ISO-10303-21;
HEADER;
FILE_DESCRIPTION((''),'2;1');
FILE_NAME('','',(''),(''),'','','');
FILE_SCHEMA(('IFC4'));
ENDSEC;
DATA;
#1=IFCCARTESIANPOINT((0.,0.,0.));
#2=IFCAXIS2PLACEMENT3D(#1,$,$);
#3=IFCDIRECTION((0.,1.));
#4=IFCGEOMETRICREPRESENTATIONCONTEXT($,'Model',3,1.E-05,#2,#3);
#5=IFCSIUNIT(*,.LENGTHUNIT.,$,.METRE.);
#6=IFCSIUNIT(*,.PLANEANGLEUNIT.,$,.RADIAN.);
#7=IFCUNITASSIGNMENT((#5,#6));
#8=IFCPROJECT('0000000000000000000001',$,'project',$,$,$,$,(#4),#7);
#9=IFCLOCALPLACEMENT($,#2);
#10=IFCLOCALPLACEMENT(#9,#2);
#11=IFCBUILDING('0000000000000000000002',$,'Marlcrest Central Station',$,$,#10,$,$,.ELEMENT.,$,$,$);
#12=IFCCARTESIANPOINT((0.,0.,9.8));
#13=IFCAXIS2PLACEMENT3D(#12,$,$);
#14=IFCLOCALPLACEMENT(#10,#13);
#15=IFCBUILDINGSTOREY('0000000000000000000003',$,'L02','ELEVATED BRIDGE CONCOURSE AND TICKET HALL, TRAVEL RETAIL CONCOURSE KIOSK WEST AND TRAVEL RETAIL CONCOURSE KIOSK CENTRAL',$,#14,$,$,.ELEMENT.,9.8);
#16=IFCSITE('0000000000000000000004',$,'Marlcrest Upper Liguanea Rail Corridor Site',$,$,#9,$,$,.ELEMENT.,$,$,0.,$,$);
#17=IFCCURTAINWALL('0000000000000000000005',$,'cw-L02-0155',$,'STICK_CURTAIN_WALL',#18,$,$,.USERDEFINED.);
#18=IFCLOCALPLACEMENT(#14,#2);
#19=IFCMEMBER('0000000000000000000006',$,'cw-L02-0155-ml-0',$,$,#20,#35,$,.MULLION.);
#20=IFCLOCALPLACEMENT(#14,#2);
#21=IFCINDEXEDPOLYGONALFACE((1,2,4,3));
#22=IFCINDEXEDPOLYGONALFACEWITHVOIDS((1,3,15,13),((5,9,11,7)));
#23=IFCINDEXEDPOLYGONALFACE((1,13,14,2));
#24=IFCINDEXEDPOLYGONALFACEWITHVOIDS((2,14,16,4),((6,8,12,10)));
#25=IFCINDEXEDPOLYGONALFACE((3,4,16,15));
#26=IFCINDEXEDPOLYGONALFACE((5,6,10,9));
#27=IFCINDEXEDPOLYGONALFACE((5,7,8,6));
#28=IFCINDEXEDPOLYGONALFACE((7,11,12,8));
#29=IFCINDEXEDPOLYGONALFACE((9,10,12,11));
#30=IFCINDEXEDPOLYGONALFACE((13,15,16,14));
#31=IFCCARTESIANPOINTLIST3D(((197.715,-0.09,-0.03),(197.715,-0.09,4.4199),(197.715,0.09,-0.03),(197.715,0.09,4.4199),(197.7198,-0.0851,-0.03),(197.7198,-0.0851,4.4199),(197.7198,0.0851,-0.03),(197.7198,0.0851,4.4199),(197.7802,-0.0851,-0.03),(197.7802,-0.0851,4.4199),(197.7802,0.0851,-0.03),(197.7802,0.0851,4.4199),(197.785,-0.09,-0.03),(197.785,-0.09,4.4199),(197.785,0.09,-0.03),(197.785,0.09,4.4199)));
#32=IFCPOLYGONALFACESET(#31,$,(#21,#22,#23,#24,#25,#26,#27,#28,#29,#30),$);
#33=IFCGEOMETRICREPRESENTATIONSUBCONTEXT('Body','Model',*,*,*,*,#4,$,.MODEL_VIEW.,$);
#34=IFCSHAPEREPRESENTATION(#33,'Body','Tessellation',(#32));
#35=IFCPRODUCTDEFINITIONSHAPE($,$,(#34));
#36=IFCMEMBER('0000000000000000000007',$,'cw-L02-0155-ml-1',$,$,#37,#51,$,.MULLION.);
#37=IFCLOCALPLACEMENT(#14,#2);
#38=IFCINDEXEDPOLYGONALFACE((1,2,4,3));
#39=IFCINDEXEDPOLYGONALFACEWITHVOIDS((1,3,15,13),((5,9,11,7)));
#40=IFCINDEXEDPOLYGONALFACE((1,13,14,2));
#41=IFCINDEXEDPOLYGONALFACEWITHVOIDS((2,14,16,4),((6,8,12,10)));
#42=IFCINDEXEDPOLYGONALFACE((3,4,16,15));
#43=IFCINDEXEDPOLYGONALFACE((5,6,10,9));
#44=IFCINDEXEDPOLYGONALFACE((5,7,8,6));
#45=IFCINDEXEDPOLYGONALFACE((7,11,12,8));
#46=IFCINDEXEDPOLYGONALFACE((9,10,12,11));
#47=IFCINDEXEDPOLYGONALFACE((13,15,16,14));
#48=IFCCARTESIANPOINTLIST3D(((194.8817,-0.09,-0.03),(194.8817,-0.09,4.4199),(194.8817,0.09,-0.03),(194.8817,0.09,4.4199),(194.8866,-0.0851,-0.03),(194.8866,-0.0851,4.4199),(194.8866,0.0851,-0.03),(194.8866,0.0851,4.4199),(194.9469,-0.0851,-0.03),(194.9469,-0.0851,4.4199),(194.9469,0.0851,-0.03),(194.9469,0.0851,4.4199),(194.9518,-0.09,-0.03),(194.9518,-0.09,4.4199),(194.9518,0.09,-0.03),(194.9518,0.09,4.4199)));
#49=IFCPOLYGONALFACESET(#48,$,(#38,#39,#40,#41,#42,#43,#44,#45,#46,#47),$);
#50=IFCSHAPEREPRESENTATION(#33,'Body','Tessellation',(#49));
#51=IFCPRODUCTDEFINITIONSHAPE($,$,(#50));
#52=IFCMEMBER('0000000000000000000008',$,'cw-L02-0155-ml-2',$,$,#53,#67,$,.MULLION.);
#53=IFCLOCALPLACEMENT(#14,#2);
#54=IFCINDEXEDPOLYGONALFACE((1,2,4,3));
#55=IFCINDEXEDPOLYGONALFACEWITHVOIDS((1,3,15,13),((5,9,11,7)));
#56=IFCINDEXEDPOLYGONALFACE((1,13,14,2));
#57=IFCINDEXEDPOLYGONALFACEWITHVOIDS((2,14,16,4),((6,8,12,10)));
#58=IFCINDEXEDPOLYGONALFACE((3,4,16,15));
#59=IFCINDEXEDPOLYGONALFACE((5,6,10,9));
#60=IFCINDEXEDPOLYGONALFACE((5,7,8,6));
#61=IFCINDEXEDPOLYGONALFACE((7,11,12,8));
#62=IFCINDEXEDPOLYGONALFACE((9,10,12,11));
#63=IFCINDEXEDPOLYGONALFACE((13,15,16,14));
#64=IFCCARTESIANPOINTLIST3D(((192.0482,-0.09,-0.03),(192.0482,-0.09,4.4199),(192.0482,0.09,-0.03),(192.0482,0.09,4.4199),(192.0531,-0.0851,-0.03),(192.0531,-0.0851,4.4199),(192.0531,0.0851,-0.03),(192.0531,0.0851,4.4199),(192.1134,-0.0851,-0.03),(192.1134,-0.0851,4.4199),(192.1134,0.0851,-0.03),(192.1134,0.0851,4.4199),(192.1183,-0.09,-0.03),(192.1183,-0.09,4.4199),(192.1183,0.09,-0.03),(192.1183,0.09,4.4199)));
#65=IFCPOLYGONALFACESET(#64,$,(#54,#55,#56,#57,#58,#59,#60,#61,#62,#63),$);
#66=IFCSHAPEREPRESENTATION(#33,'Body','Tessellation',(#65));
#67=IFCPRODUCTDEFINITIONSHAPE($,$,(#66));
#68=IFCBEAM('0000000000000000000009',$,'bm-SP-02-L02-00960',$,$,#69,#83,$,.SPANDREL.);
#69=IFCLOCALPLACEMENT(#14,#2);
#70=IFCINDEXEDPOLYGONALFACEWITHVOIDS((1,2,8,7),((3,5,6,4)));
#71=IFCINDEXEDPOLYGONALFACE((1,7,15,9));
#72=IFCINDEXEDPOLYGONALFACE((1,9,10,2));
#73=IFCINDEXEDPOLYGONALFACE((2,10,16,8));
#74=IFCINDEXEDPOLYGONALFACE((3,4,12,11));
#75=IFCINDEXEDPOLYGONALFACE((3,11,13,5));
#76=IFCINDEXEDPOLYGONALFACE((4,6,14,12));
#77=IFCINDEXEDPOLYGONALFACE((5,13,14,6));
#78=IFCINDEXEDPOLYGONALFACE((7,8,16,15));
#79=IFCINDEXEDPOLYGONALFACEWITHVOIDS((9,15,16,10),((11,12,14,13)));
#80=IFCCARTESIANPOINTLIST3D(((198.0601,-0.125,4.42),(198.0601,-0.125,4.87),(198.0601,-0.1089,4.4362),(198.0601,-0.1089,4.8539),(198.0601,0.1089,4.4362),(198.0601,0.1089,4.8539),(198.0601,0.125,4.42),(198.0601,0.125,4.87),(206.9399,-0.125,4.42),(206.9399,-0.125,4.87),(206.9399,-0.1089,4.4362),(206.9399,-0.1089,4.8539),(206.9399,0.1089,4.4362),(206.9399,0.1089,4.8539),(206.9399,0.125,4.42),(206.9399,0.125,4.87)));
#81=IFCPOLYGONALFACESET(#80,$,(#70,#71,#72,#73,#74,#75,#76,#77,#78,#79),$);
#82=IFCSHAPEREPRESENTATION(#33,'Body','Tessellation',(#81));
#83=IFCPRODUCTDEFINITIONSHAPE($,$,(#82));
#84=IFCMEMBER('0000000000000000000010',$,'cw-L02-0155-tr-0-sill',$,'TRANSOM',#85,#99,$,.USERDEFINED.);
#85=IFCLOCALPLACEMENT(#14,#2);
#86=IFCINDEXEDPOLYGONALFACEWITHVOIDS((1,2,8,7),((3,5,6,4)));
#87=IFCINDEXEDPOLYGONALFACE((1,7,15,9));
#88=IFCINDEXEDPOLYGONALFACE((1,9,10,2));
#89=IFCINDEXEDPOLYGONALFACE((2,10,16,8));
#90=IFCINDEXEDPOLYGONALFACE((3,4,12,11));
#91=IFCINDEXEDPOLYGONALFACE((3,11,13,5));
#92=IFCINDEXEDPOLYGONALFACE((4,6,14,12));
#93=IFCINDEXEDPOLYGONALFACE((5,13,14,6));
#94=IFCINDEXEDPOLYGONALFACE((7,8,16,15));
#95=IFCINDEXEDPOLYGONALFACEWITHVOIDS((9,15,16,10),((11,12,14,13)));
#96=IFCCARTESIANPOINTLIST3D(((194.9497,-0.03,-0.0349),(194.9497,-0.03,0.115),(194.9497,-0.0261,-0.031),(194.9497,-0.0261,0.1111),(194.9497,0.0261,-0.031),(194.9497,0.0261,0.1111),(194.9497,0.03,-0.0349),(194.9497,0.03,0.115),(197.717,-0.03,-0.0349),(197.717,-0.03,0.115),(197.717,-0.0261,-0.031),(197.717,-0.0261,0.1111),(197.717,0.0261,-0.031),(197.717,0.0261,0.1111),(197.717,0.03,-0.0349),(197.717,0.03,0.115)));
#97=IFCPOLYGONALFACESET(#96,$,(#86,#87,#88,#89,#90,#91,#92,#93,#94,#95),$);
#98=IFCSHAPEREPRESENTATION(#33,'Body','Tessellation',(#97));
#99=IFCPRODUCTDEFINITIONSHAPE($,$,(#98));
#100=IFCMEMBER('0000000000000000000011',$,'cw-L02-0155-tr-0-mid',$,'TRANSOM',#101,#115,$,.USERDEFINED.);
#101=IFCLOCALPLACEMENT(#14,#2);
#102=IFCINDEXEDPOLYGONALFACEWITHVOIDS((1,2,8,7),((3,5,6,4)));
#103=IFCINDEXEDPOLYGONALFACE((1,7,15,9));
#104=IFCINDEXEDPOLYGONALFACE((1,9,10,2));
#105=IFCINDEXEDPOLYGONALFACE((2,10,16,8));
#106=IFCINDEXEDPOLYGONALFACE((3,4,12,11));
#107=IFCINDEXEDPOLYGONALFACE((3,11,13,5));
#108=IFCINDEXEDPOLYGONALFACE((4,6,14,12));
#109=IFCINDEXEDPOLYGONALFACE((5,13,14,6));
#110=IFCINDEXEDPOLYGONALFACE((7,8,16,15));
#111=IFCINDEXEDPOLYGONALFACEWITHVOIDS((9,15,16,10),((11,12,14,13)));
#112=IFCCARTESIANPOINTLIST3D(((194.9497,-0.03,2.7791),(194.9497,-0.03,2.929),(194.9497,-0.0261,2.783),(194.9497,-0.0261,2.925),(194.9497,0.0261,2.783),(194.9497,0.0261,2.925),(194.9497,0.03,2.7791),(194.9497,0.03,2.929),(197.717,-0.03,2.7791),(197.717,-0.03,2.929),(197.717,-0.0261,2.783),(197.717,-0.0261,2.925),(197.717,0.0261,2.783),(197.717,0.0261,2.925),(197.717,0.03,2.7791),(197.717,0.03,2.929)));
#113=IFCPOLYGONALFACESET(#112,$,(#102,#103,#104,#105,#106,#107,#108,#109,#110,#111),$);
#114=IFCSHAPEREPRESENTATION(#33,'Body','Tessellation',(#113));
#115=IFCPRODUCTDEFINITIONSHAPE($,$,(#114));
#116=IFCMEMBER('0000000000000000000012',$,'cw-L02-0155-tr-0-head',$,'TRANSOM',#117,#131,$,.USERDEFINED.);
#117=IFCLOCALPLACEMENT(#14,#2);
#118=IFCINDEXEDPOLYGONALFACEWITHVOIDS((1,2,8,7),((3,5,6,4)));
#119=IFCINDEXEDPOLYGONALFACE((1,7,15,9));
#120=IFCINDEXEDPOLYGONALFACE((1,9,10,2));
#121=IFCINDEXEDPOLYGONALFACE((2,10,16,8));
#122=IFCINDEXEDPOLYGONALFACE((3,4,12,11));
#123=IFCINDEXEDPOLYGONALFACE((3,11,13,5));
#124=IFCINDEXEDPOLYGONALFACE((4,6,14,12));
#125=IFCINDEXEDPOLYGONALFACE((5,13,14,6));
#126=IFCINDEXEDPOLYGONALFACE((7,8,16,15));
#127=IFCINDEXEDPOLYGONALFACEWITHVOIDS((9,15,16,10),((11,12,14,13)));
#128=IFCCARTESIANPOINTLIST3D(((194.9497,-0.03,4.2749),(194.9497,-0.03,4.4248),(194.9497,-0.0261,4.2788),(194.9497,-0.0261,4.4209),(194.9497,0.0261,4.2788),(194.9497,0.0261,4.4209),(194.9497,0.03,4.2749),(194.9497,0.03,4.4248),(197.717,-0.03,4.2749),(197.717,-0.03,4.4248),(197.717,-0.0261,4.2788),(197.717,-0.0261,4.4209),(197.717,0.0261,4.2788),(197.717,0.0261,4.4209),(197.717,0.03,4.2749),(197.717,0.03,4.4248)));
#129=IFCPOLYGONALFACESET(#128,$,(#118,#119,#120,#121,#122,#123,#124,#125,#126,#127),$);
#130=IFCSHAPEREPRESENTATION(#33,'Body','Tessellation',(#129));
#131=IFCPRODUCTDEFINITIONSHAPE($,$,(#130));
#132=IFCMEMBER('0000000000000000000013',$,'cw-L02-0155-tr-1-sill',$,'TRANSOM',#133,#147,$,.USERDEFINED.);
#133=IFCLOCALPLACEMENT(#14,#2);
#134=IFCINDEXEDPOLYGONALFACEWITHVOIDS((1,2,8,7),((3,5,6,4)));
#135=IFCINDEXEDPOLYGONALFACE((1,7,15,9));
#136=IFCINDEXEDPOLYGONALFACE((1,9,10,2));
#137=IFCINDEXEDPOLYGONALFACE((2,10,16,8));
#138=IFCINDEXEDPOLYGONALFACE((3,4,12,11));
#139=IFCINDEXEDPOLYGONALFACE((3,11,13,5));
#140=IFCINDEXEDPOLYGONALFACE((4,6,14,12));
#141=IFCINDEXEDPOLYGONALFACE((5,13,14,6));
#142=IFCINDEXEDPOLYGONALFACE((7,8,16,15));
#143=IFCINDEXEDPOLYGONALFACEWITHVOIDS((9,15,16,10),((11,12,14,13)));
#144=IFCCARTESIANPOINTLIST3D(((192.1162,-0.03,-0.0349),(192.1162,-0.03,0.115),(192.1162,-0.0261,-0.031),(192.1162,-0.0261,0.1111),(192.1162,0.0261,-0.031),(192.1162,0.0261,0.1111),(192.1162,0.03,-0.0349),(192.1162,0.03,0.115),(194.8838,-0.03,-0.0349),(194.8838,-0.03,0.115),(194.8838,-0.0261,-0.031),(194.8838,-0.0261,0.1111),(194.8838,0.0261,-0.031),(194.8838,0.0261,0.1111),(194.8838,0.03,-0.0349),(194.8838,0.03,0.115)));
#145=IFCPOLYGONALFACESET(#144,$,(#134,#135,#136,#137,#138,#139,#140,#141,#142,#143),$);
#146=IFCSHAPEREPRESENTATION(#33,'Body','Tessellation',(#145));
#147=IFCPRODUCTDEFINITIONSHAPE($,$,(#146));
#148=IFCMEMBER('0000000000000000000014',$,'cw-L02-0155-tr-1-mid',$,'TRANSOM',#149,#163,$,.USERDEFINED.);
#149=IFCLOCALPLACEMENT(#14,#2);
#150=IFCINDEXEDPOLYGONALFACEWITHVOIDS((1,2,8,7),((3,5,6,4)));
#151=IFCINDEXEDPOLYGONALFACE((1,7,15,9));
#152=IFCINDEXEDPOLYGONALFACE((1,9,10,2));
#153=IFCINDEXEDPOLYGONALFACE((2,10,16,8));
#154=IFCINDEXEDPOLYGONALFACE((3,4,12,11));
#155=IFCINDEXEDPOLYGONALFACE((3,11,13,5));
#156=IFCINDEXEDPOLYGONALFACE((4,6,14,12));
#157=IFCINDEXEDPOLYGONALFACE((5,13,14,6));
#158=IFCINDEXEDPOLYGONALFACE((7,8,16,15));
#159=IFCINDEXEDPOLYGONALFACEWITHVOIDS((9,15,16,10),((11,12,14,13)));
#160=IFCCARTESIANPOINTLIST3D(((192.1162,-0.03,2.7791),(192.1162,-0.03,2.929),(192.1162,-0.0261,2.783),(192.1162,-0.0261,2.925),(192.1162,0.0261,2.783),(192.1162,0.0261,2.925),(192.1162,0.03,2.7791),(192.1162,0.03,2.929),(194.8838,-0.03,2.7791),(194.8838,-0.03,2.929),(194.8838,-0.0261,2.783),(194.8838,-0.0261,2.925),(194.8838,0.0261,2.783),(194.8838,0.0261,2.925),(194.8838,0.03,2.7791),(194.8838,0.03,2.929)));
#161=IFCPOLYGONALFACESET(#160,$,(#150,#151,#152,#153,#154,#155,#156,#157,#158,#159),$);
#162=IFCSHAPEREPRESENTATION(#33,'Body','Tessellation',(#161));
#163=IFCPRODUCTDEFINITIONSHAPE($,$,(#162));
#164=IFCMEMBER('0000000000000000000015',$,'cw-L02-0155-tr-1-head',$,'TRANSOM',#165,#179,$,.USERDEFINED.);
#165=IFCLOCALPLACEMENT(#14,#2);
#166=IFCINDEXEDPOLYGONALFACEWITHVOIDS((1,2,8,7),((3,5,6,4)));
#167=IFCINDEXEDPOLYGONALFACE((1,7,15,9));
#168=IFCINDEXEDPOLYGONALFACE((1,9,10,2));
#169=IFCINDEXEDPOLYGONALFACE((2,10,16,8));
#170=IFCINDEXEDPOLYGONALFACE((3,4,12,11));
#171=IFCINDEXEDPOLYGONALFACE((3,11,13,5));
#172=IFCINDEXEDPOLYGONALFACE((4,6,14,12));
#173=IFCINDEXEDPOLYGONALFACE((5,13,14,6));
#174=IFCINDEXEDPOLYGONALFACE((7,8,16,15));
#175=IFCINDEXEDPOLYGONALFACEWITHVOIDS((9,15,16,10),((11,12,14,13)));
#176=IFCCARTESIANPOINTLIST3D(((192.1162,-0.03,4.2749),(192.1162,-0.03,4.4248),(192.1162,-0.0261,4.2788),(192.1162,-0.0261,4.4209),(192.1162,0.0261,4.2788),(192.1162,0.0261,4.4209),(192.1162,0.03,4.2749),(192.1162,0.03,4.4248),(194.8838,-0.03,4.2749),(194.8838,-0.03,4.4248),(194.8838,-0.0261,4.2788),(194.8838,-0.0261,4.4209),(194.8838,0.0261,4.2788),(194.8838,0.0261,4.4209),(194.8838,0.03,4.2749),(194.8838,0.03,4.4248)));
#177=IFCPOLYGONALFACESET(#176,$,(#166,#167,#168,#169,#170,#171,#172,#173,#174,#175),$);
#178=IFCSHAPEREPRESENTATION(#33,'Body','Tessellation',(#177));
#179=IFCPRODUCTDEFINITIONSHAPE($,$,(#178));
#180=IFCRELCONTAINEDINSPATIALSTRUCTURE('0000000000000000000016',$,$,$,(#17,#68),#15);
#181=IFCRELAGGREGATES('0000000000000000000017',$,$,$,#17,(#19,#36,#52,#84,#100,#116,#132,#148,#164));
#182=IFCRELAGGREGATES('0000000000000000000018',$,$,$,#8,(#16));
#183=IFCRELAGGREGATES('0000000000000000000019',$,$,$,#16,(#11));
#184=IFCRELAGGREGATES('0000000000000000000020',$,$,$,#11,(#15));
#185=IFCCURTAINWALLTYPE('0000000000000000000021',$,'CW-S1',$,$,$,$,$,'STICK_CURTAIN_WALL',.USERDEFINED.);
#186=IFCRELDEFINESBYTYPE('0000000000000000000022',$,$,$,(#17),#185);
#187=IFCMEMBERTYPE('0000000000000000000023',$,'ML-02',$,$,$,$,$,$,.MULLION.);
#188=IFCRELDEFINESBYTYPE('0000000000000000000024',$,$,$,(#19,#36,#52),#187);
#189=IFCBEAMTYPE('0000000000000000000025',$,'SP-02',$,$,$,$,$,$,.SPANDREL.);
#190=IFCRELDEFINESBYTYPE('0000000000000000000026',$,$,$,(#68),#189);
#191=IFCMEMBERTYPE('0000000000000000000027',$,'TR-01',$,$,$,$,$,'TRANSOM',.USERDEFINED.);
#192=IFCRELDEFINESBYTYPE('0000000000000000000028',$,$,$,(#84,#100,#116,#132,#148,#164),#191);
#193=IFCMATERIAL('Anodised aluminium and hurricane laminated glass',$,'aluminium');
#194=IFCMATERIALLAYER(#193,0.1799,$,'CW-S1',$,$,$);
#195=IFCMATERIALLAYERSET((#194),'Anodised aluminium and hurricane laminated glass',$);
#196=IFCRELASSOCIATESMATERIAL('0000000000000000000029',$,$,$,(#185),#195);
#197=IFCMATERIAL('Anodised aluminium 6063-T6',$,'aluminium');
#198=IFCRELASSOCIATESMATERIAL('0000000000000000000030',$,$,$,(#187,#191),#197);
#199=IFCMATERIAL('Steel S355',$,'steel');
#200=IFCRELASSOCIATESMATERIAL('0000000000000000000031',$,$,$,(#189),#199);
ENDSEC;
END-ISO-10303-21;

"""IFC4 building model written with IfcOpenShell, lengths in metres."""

from ifc_helpers import new_model, si_unit, direction, frame, origin, origin_2d, place, context, subcontext, project, spatial, hollow_rectangle, extrude, material, layer, layer_set, material_profile, profile_set, type_object, element, aggregate, save


model = new_model("IFC4")

# Units and contexts
model_context = context("Model", 3, precision=1e-05, world=origin(), true_north=direction((0.0, 1.0)))
body_context = subcontext(model_context, "Body", "Model", "MODEL_VIEW")
ifc_project = project(units=[si_unit("LENGTHUNIT", "METRE"), si_unit("PLANEANGLEUNIT", "RADIAN")], contexts=[model_context])

# Site, building, storey
site_placement = place(None, origin())
site = spatial("IfcSite", under=ifc_project, at=site_placement, Name="Marlcrest Upper Liguanea Rail Corridor Site", CompositionType="ELEMENT", RefElevation=0.0)
building_placement = place(site_placement, origin())
building = spatial("IfcBuilding", under=site, at=building_placement, Name="Marlcrest Central Station", CompositionType="ELEMENT")
storey_placement = place(building_placement, frame((0.0, 0.0, 9.8)))
storey = spatial("IfcBuildingStorey", under=building, at=storey_placement, Name="L02", Description="ELEVATED BRIDGE CONCOURSE AND TICKET HALL, TRAVEL RETAIL CONCOURSE KIOSK WEST AND TRAVEL RETAIL CONCOURSE KIOSK CENTRAL", CompositionType="ELEMENT", Elevation=9.8)

# Shared definitions
ifc_material_1 = material(Name="Steel S355", Category="steel")

# Curtain wall, members
ifc_material_2 = material(Name="Anodised aluminium and hurricane laminated glass", Category="aluminium")
ifc_layer_1 = layer(ifc_material_2, 0.1799, Name="CW-S1")
ifc_layer_set_1 = layer_set([ifc_layer_1], Name="Anodised aluminium and hurricane laminated glass")
curtain_wall_type = type_object("IfcCurtainWallType", Name="CW-S1", ElementType="STICK_CURTAIN_WALL", PredefinedType="USERDEFINED", material=ifc_layer_set_1)
curtain_wall_placement = place(storey_placement, origin())
curtain_wall = element("IfcCurtainWall", 1, at=curtain_wall_placement, inside=storey, type_object=curtain_wall_type, Name="cw-L02-0155", ObjectType="STICK_CURTAIN_WALL", PredefinedType="USERDEFINED")
ifc_material_3 = material(Name="Anodised aluminium 6063-T6", Category="aluminium")
ifc_material_profile_1 = material_profile(ifc_material_3, hollow_rectangle(XDim=0.0701, YDim=0.1799, WallThickness=0.0049, at=origin_2d()), Name="AA-RHS 180x70x5")
ifc_profile_set_1 = profile_set([ifc_material_profile_1], Name="Anodised aluminium 6063-T6")
member_type_1 = type_object("IfcMemberType", Name="ML-02", PredefinedType="MULLION", material=ifc_profile_set_1)
member_1_placement = place(storey_placement, frame((197.75, 0.0, -0.03), z_axis=(0.0, 0.0, 1.0), x_axis=(1.0, 0.0, 0.0)))
member_1 = element("IfcMember", 2, at=member_1_placement, type_object=member_type_1, Name="cw-L02-0155-ml-0", PredefinedType="MULLION", context=body_context, shape_type="SweptSolid", body=[
    extrude(hollow_rectangle(XDim=0.0701, YDim=0.1799, WallThickness=0.0049, at=origin_2d()), origin(), (0.0, 0.0, 1.0), 4.45),
])
member_2_placement = place(storey_placement, frame((194.9167, 0.0, -0.03), z_axis=(0.0, 0.0, 1.0), x_axis=(1.0, 0.0, 0.0)))
member_2 = element("IfcMember", 3, at=member_2_placement, type_object=member_type_1, Name="cw-L02-0155-ml-1", PredefinedType="MULLION", context=body_context, shape_type="SweptSolid", body=[
    extrude(hollow_rectangle(XDim=0.0701, YDim=0.1799, WallThickness=0.0049, at=origin_2d()), origin(), (0.0, 0.0, 1.0), 4.45),
])
member_3_placement = place(storey_placement, frame((192.0833, 0.0, -0.03), z_axis=(0.0, 0.0, 1.0), x_axis=(1.0, 0.0, 0.0)))
member_3 = element("IfcMember", 4, at=member_3_placement, type_object=member_type_1, Name="cw-L02-0155-ml-2", PredefinedType="MULLION", context=body_context, shape_type="SweptSolid", body=[
    extrude(hollow_rectangle(XDim=0.0701, YDim=0.1799, WallThickness=0.0049, at=origin_2d()), origin(), (0.0, 0.0, 1.0), 4.45),
])

# Beam
ifc_material_profile_2 = material_profile(ifc_material_1, hollow_rectangle(XDim=0.25, YDim=0.45, WallThickness=0.0161, at=origin_2d()), Name="RHS 450x250x16")
ifc_profile_set_2 = profile_set([ifc_material_profile_2], Name="Steel S355")
beam_type_1 = type_object("IfcBeamType", Name="SP-02", PredefinedType="SPANDREL", material=ifc_profile_set_2)
beam_1_placement = place(storey_placement, frame((198.0601, 0.0, 4.645), z_axis=(1.0, 0.0, 0.0), x_axis=(0.0, 1.0, 0.0)))
element("IfcBeam", 5, at=beam_1_placement, inside=storey, type_object=beam_type_1, Name="bm-SP-02-L02-00960", PredefinedType="SPANDREL", context=body_context, shape_type="SweptSolid", body=[
    extrude(hollow_rectangle(XDim=0.25, YDim=0.45, WallThickness=0.0161, at=origin_2d()), origin(), (0.0, 0.0, 1.0), 8.8799),
])

# Members
ifc_material_profile_3 = material_profile(ifc_material_3, hollow_rectangle(XDim=0.0601, YDim=0.1499, WallThickness=0.0039, at=origin_2d()), Name="AA-RHS 150x60x4")
ifc_profile_set_3 = profile_set([ifc_material_profile_3], Name="Anodised aluminium 6063-T6")
member_type_2 = type_object("IfcMemberType", Name="TR-01", ElementType="TRANSOM", PredefinedType="USERDEFINED", material=ifc_profile_set_3)
member_4_placement = place(storey_placement, frame((197.717, 0.0, 0.04), z_axis=(-1.0, 0.0, 0.0), x_axis=(0.0, -1.0, 0.0)))
member_4 = element("IfcMember", 6, at=member_4_placement, type_object=member_type_2, Name="cw-L02-0155-tr-0-sill", ObjectType="TRANSOM", PredefinedType="USERDEFINED", context=body_context, shape_type="SweptSolid", body=[
    extrude(hollow_rectangle(XDim=0.0601, YDim=0.1499, WallThickness=0.0039, at=origin_2d()), origin(), (0.0, 0.0, 1.0), 2.7673),
])
member_5_placement = place(storey_placement, frame((197.717, 0.0, 2.854), z_axis=(-1.0, 0.0, 0.0), x_axis=(0.0, -1.0, 0.0)))
member_5 = element("IfcMember", 7, at=member_5_placement, type_object=member_type_2, Name="cw-L02-0155-tr-0-mid", ObjectType="TRANSOM", PredefinedType="USERDEFINED", context=body_context, shape_type="SweptSolid", body=[
    extrude(hollow_rectangle(XDim=0.0601, YDim=0.1499, WallThickness=0.0039, at=origin_2d()), origin(), (0.0, 0.0, 1.0), 2.7673),
])
member_6_placement = place(storey_placement, frame((197.717, 0.0, 4.3499), z_axis=(-1.0, 0.0, 0.0), x_axis=(0.0, -1.0, 0.0)))
member_6 = element("IfcMember", 8, at=member_6_placement, type_object=member_type_2, Name="cw-L02-0155-tr-0-head", ObjectType="TRANSOM", PredefinedType="USERDEFINED", context=body_context, shape_type="SweptSolid", body=[
    extrude(hollow_rectangle(XDim=0.0601, YDim=0.1499, WallThickness=0.0039, at=origin_2d()), origin(), (0.0, 0.0, 1.0), 2.7673),
])
member_7_placement = place(storey_placement, frame((194.8838, 0.0, 0.04), z_axis=(-1.0, 0.0, 0.0), x_axis=(0.0, -1.0, 0.0)))
member_7 = element("IfcMember", 9, at=member_7_placement, type_object=member_type_2, Name="cw-L02-0155-tr-1-sill", ObjectType="TRANSOM", PredefinedType="USERDEFINED", context=body_context, shape_type="SweptSolid", body=[
    extrude(hollow_rectangle(XDim=0.0601, YDim=0.1499, WallThickness=0.0039, at=origin_2d()), origin(), (0.0, 0.0, 1.0), 2.7676),
])
member_8_placement = place(storey_placement, frame((194.8838, 0.0, 2.854), z_axis=(-1.0, 0.0, 0.0), x_axis=(0.0, -1.0, 0.0)))
member_8 = element("IfcMember", 10, at=member_8_placement, type_object=member_type_2, Name="cw-L02-0155-tr-1-mid", ObjectType="TRANSOM", PredefinedType="USERDEFINED", context=body_context, shape_type="SweptSolid", body=[
    extrude(hollow_rectangle(XDim=0.0601, YDim=0.1499, WallThickness=0.0039, at=origin_2d()), origin(), (0.0, 0.0, 1.0), 2.7676),
])
member_9_placement = place(storey_placement, frame((194.8838, 0.0, 4.3499), z_axis=(-1.0, 0.0, 0.0), x_axis=(0.0, -1.0, 0.0)))
member_9 = element("IfcMember", 11, at=member_9_placement, type_object=member_type_2, Name="cw-L02-0155-tr-1-head", ObjectType="TRANSOM", PredefinedType="USERDEFINED", context=body_context, shape_type="SweptSolid", body=[
    extrude(hollow_rectangle(XDim=0.0601, YDim=0.1499, WallThickness=0.0039, at=origin_2d()), origin(), (0.0, 0.0, 1.0), 2.7676),
])

aggregate(curtain_wall, [member_1, member_2, member_3, member_4, member_5, member_6, member_7, member_8, member_9])

save(model, "model.ifc")
